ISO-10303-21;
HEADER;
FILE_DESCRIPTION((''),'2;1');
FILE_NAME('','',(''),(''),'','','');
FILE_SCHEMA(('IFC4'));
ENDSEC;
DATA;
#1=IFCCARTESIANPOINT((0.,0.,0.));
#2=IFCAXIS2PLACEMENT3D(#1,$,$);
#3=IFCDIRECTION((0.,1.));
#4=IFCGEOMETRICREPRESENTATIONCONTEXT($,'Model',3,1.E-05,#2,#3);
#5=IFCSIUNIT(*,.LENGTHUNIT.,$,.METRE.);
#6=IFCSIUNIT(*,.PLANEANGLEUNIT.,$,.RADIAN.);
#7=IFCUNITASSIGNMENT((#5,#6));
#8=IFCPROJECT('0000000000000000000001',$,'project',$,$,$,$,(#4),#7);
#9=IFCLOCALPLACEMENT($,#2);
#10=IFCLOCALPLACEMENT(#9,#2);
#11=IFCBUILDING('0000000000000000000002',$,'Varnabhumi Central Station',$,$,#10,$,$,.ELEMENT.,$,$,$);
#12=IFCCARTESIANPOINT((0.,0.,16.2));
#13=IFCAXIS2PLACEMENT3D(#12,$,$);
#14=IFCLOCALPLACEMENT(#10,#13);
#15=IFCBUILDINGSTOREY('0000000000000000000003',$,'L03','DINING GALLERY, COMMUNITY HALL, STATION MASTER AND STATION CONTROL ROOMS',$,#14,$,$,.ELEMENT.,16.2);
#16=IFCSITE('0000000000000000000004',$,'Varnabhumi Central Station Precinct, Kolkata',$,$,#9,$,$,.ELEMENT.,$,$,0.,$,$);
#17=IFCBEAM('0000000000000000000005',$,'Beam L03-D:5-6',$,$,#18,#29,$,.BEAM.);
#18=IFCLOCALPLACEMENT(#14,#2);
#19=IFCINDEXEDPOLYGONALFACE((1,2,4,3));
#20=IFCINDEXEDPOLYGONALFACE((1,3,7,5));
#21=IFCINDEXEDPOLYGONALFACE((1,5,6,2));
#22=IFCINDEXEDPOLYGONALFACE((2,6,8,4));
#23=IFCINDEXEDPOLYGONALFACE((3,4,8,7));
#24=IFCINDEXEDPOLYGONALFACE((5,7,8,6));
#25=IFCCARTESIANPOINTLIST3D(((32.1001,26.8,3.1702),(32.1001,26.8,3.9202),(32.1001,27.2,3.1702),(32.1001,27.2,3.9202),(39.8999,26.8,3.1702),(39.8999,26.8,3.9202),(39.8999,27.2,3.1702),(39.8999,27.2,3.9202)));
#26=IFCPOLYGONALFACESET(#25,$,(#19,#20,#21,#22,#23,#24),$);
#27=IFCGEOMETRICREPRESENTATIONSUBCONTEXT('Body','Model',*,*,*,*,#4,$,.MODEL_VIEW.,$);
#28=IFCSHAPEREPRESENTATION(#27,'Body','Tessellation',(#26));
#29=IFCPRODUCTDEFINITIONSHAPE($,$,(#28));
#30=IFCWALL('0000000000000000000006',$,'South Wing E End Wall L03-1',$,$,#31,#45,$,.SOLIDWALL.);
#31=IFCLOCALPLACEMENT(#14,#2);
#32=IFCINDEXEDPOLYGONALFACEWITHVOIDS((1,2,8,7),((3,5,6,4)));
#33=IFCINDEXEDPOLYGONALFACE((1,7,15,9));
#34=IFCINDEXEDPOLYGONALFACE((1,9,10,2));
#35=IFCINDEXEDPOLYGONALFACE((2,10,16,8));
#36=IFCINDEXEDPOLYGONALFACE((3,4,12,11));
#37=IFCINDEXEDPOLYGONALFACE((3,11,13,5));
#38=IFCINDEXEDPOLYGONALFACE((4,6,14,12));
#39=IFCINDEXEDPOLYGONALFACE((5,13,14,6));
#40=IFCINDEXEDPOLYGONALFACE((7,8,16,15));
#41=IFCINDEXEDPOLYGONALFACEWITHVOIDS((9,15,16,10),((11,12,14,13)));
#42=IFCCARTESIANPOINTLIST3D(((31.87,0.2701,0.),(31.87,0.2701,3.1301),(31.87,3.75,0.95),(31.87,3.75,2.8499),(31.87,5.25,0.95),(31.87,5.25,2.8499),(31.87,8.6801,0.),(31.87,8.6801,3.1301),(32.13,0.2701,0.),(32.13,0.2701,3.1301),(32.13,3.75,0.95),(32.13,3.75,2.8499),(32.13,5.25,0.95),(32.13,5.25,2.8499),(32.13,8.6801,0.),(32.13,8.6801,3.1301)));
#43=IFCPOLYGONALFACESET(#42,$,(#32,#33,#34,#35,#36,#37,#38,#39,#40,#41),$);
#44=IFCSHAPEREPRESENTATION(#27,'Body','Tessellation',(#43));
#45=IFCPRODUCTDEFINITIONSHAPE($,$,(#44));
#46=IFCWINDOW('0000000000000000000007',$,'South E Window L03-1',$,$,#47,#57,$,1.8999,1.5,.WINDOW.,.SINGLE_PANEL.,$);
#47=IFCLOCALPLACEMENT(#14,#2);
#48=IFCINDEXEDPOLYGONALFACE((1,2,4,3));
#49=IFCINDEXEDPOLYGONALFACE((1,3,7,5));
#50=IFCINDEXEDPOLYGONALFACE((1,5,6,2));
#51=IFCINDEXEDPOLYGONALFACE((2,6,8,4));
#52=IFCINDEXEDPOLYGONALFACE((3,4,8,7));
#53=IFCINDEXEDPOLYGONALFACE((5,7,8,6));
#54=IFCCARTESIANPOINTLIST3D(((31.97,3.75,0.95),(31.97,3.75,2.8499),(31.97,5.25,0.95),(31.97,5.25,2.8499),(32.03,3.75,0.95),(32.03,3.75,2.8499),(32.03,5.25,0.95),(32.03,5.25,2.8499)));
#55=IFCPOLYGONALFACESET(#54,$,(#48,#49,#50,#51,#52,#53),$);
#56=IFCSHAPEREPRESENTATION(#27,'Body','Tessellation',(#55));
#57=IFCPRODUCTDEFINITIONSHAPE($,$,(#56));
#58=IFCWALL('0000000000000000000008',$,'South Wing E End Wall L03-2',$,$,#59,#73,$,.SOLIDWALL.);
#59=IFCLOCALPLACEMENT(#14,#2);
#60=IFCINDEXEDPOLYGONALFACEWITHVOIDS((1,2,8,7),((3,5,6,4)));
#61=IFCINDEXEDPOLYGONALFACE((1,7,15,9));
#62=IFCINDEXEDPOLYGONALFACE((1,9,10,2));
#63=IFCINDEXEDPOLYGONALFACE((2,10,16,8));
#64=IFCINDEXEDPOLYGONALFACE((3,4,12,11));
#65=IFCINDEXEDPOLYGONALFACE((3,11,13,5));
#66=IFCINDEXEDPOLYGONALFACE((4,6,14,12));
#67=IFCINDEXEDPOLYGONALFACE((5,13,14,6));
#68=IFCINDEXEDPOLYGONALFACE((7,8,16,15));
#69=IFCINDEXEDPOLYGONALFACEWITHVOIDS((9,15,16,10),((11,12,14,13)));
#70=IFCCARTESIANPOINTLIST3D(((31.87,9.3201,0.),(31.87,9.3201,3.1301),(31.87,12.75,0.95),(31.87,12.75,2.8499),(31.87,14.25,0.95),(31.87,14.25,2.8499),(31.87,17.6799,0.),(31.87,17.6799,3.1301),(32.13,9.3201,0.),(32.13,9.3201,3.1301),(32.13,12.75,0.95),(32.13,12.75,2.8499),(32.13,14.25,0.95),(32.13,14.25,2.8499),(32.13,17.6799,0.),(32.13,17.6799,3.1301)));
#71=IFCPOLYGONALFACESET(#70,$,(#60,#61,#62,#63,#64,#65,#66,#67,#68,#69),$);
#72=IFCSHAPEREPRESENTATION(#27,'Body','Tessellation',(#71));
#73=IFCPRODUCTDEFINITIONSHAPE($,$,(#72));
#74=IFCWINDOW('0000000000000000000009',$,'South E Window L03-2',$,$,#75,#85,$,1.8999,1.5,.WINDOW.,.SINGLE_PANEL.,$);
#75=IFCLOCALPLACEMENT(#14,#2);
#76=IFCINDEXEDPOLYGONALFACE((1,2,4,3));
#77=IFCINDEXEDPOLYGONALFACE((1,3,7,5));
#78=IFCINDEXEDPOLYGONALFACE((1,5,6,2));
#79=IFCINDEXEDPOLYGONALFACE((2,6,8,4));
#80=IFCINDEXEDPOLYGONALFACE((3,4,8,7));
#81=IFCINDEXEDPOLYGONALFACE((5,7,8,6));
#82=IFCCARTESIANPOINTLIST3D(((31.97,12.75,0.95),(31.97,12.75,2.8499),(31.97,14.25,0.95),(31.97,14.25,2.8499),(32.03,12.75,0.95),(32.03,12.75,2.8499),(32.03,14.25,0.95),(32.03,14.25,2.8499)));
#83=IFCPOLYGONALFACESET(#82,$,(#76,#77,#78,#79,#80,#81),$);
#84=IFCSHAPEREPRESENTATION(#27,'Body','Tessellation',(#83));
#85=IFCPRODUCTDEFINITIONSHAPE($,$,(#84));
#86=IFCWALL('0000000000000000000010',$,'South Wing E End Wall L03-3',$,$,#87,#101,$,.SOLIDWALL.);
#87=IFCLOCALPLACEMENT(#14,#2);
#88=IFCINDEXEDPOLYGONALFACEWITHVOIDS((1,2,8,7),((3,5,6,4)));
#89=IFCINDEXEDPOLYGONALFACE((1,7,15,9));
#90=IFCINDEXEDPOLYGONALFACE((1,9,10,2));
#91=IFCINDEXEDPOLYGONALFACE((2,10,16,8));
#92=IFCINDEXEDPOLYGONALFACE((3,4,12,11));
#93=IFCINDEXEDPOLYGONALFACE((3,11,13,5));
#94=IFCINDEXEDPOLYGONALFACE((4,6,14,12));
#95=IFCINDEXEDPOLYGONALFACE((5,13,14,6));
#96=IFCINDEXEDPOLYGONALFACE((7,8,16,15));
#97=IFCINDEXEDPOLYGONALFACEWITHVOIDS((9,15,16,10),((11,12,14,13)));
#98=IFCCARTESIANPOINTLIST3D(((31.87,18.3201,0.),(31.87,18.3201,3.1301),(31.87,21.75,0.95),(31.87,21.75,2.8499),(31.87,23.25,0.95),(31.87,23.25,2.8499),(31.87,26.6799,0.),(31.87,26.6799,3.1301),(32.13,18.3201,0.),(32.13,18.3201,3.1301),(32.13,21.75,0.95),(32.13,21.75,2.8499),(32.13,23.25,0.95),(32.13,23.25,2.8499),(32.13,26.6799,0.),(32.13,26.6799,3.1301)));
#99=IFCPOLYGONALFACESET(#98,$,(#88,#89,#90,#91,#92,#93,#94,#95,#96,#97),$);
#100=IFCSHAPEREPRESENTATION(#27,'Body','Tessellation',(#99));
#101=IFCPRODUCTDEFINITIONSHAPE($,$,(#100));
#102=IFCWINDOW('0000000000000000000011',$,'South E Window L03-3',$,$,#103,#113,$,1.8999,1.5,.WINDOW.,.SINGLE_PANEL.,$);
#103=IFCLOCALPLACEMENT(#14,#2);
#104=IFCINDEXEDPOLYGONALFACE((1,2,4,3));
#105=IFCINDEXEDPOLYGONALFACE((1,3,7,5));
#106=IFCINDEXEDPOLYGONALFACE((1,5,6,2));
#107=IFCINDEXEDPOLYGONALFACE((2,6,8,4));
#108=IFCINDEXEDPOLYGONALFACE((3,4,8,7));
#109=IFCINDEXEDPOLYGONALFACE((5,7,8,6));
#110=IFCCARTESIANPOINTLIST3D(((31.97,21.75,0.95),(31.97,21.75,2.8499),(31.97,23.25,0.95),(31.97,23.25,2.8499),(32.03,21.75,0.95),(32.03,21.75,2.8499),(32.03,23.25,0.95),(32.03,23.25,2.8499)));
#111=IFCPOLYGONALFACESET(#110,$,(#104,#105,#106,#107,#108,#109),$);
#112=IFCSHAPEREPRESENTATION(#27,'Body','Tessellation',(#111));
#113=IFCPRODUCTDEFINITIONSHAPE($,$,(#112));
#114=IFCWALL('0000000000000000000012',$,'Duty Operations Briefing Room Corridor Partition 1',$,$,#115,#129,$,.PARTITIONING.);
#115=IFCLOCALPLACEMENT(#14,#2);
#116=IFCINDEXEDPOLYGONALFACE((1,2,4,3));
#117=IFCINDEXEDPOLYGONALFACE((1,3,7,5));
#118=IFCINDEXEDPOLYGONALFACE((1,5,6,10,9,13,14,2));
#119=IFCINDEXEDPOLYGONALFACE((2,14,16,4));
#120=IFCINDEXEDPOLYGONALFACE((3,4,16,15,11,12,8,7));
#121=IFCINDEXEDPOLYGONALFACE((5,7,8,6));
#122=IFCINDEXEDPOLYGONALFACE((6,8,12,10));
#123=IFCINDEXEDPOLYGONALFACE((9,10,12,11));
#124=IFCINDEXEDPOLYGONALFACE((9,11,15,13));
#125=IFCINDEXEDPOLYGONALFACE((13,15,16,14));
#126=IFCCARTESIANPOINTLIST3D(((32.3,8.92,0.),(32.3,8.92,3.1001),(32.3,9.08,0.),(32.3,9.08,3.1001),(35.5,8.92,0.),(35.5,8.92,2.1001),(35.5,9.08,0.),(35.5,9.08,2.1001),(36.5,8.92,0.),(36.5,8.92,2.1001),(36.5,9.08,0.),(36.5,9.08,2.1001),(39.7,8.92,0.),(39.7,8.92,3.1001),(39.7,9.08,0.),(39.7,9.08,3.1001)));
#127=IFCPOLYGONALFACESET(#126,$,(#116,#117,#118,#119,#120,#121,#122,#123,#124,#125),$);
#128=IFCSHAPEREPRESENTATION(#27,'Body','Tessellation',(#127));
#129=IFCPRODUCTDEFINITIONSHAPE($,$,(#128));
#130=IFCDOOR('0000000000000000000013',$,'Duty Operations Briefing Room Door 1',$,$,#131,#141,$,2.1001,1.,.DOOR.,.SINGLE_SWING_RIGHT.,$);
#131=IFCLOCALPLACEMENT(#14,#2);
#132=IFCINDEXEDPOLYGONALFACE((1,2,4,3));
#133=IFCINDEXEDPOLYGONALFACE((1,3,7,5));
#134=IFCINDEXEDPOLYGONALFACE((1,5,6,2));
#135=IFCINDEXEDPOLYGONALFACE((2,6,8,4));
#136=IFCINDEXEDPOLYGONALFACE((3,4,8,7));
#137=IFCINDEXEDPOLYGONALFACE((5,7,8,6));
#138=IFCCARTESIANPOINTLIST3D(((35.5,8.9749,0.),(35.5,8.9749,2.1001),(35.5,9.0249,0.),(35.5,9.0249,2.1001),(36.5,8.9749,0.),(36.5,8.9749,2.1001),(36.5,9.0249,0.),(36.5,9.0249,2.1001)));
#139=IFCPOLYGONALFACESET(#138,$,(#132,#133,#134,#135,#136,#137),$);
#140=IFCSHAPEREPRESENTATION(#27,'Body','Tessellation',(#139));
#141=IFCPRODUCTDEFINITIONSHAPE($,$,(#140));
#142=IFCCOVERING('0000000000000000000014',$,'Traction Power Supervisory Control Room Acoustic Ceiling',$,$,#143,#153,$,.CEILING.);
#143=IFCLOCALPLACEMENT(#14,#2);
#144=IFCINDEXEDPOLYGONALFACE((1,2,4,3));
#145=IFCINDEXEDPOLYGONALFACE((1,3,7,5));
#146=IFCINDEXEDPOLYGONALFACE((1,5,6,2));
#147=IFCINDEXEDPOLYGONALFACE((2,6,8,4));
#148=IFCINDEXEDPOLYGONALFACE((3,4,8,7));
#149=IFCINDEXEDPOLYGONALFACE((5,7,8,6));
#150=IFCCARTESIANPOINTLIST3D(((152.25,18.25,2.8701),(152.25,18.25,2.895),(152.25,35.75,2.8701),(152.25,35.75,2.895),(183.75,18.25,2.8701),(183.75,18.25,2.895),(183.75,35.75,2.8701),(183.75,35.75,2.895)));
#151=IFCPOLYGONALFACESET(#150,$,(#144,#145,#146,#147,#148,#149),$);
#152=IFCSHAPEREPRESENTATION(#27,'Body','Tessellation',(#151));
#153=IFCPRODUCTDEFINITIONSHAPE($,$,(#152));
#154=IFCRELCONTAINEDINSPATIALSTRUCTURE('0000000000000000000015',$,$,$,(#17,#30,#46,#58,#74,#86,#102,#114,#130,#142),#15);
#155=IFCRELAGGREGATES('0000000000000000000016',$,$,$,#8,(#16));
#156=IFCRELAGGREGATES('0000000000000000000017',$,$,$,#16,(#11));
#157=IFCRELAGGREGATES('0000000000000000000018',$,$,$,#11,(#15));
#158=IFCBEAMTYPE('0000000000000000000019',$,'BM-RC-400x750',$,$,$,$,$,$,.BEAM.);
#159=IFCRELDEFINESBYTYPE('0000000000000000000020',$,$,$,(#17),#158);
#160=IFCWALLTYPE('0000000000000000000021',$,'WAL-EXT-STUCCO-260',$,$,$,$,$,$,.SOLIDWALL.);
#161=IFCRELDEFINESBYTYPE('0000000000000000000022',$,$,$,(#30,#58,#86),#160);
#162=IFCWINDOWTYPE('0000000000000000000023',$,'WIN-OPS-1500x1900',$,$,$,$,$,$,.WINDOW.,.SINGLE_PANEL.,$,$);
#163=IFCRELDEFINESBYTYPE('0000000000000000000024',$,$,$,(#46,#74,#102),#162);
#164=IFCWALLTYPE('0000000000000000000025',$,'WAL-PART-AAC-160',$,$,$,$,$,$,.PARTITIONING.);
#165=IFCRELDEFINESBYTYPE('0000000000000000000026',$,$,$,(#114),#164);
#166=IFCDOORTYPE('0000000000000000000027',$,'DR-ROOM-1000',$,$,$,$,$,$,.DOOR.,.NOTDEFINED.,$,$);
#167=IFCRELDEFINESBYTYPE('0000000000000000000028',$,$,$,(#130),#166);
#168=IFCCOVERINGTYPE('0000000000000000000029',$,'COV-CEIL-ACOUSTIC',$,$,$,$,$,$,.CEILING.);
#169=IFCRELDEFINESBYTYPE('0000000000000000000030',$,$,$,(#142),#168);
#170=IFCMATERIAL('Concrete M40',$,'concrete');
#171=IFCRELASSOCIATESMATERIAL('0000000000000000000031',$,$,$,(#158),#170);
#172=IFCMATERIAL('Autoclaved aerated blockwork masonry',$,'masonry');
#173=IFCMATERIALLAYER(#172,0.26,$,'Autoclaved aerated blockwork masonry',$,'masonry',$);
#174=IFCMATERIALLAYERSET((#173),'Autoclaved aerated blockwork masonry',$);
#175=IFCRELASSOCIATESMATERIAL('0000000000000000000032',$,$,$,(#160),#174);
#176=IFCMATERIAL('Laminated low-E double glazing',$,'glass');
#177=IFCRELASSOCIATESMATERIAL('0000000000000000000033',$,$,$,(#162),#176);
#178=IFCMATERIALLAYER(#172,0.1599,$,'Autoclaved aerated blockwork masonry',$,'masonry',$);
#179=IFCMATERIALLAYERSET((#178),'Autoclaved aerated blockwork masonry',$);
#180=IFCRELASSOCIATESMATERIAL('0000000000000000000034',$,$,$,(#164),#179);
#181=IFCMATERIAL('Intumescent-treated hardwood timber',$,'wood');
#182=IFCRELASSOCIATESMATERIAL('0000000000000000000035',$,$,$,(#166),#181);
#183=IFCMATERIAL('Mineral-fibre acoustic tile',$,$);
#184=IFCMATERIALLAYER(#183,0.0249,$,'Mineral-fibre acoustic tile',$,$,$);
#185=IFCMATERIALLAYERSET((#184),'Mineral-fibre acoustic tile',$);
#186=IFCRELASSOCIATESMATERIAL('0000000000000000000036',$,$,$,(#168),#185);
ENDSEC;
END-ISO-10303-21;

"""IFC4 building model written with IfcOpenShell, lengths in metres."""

from ifc_helpers import new_model, si_unit, direction, frame, frame_2d, origin, origin_2d, place, context, subcontext, project, spatial, polyline, rectangle, outline, extrude, material, layer, layer_set, material_profile, profile_set, type_object, element, fill, save


model = new_model("IFC4")

# Units and contexts
model_context = context("Model", 3, precision=1e-05, world=origin(), true_north=direction((0.0, 1.0)))
body_context = subcontext(model_context, "Body", "Model", "MODEL_VIEW")
ifc_project = project(units=[si_unit("LENGTHUNIT", "METRE"), si_unit("PLANEANGLEUNIT", "RADIAN")], contexts=[model_context])

# Site, building, storey
site_placement = place(None, origin())
site = spatial("IfcSite", under=ifc_project, at=site_placement, Name="Varnabhumi Central Station Precinct, Kolkata", CompositionType="ELEMENT", RefElevation=0.0)
building_placement = place(site_placement, origin())
building = spatial("IfcBuilding", under=site, at=building_placement, Name="Varnabhumi Central Station", CompositionType="ELEMENT")
storey_placement = place(building_placement, frame((0.0, 0.0, 16.2)))
storey = spatial("IfcBuildingStorey", under=building, at=storey_placement, Name="L03", Description="DINING GALLERY, COMMUNITY HALL, STATION MASTER AND STATION CONTROL ROOMS", CompositionType="ELEMENT", Elevation=16.2)

# Shared definitions
ifc_material_1 = material(Name="Concrete M40", Category="concrete")

# Beam
ifc_material_profile_1 = material_profile(ifc_material_1, rectangle(XDim=0.3999, YDim=0.75, at=origin_2d()), Name="Concrete M40", Category="concrete")
ifc_profile_set_1 = profile_set([ifc_material_profile_1], Name="Concrete M40")
beam_type_1 = type_object("IfcBeamType", Name="BM-RC-400x750", PredefinedType="BEAM", material=ifc_profile_set_1)
for number, where, z_axis, x_axis, name in (
    (1, (32.1001, 27.0, 3.5452), (1.0, 0.0, 0.0), (0.0, 1.0, 0.0), "Beam L03-D:5-6"),
):
    element("IfcBeam", number, at=place(storey_placement, frame(where, z_axis=z_axis, x_axis=x_axis)), inside=storey, type_object=beam_type_1, Name=name, PredefinedType="BEAM", context=body_context, shape_type="SweptSolid", body=[
        extrude(rectangle(XDim=0.3999, YDim=0.75, at=origin_2d()), origin(), (0.0, 0.0, 1.0), 7.7998),
    ])

# Walls, openings, windows
ifc_material_2 = material(Name="Autoclaved aerated blockwork masonry", Category="masonry")
ifc_layer_1 = layer(ifc_material_2, 0.26, Name="Autoclaved aerated blockwork masonry", Category="masonry")
ifc_layer_set_1 = layer_set([ifc_layer_1], Name="Autoclaved aerated blockwork masonry")
wall_type_1 = type_object("IfcWallType", Name="WAL-EXT-STUCCO-260", PredefinedType="SOLIDWALL", material=ifc_layer_set_1)
wall_1_placement = place(storey_placement, frame((32.0, 0.27, 0.0), z_axis=(0.0, 0.0, 1.0), x_axis=(0.0, 1.0, 0.0)))
wall_1 = element("IfcWall", 2, at=wall_1_placement, inside=storey, type_object=wall_type_1, Name="South Wing E End Wall L03-1", PredefinedType="SOLIDWALL", context=body_context, shape_type="SweptSolid", body=[
    extrude(rectangle(XDim=8.4099, YDim=0.26, at=frame_2d((4.2051, 0.0))), origin(), (0.0, 0.0, 1.0), 3.1301),
])
opening_1_placement = place(wall_1_placement, frame((3.48, 0.0, 0.95)))
opening_1 = element("IfcOpeningElement", 3, at=opening_1_placement, cuts=wall_1, PredefinedType="OPENING", context=body_context, shape_type="SweptSolid", body=[
    extrude(rectangle(XDim=1.5, YDim=1.8999, at=frame_2d((0.75, 0.95))), frame((0.0, 0.1399, 0.0), z_axis=(0.0, -1.0, 0.0), x_axis=(1.0, 0.0, 0.0)), (0.0, 0.0, 1.0), 0.28),
])
ifc_material_3 = material(Name="Laminated low-E double glazing", Category="glass")
window_type = type_object("IfcWindowType", Name="WIN-OPS-1500x1900", PartitioningType="SINGLE_PANEL", PredefinedType="WINDOW", material=ifc_material_3)
window_1_placement = place(opening_1_placement, origin())
window_1 = element("IfcWindow", 4, at=window_1_placement, inside=storey, type_object=window_type, Name="South E Window L03-1", OverallHeight=1.8999, OverallWidth=1.5, PartitioningType="SINGLE_PANEL", PredefinedType="WINDOW", context=body_context, shape_type="SweptSolid", body=[
    extrude(rectangle(XDim=1.5, YDim=1.8999, at=frame_2d((0.75, 0.95))), frame((0.0, 0.03, 0.0), z_axis=(0.0, -1.0, 0.0), x_axis=(1.0, 0.0, 0.0)), (0.0, 0.0, 1.0), 0.0601),
])
fill(opening_1, window_1)
wall_2_placement = place(storey_placement, frame((32.0, 9.3201, 0.0), z_axis=(0.0, 0.0, 1.0), x_axis=(0.0, 1.0, 0.0)))
wall_2 = element("IfcWall", 5, at=wall_2_placement, inside=storey, type_object=wall_type_1, Name="South Wing E End Wall L03-2", PredefinedType="SOLIDWALL", context=body_context, shape_type="SweptSolid", body=[
    extrude(rectangle(XDim=8.3599, YDim=0.26, at=frame_2d((4.1799, 0.0))), origin(), (0.0, 0.0, 1.0), 3.1301),
])
opening_2_placement = place(wall_2_placement, frame((3.4299, 0.0, 0.95)))
opening_2 = element("IfcOpeningElement", 6, at=opening_2_placement, cuts=wall_2, PredefinedType="OPENING", context=body_context, shape_type="SweptSolid", body=[
    extrude(rectangle(XDim=1.5, YDim=1.8999, at=frame_2d((0.75, 0.95))), frame((0.0, 0.1399, 0.0), z_axis=(0.0, -1.0, 0.0), x_axis=(1.0, 0.0, 0.0)), (0.0, 0.0, 1.0), 0.28),
])
window_2_placement = place(opening_2_placement, origin())
window_2 = element("IfcWindow", 7, at=window_2_placement, inside=storey, type_object=window_type, Name="South E Window L03-2", OverallHeight=1.8999, OverallWidth=1.5, PartitioningType="SINGLE_PANEL", PredefinedType="WINDOW", context=body_context, shape_type="SweptSolid", body=[
    extrude(rectangle(XDim=1.5, YDim=1.8999, at=frame_2d((0.75, 0.95))), frame((0.0, 0.03, 0.0), z_axis=(0.0, -1.0, 0.0), x_axis=(1.0, 0.0, 0.0)), (0.0, 0.0, 1.0), 0.0601),
])
fill(opening_2, window_2)
wall_3_placement = place(storey_placement, frame((32.0, 18.3201, 0.0), z_axis=(0.0, 0.0, 1.0), x_axis=(0.0, 1.0, 0.0)))
wall_3 = element("IfcWall", 8, at=wall_3_placement, inside=storey, type_object=wall_type_1, Name="South Wing E End Wall L03-3", PredefinedType="SOLIDWALL", context=body_context, shape_type="SweptSolid", body=[
    extrude(rectangle(XDim=8.3599, YDim=0.26, at=frame_2d((4.1799, 0.0))), origin(), (0.0, 0.0, 1.0), 3.1301),
])
opening_3_placement = place(wall_3_placement, frame((3.4299, 0.0, 0.95)))
opening_3 = element("IfcOpeningElement", 9, at=opening_3_placement, cuts=wall_3, PredefinedType="OPENING", context=body_context, shape_type="SweptSolid", body=[
    extrude(rectangle(XDim=1.5, YDim=1.8999, at=frame_2d((0.75, 0.95))), frame((0.0, 0.1399, 0.0), z_axis=(0.0, -1.0, 0.0), x_axis=(1.0, 0.0, 0.0)), (0.0, 0.0, 1.0), 0.28),
])
window_3_placement = place(opening_3_placement, origin())
window_3 = element("IfcWindow", 10, at=window_3_placement, inside=storey, type_object=window_type, Name="South E Window L03-3", OverallHeight=1.8999, OverallWidth=1.5, PartitioningType="SINGLE_PANEL", PredefinedType="WINDOW", context=body_context, shape_type="SweptSolid", body=[
    extrude(rectangle(XDim=1.5, YDim=1.8999, at=frame_2d((0.75, 0.95))), frame((0.0, 0.03, 0.0), z_axis=(0.0, -1.0, 0.0), x_axis=(1.0, 0.0, 0.0)), (0.0, 0.0, 1.0), 0.0601),
])
fill(opening_3, window_3)

# Wall, opening, door
ifc_layer_2 = layer(ifc_material_2, 0.1599, Name="Autoclaved aerated blockwork masonry", Category="masonry")
ifc_layer_set_2 = layer_set([ifc_layer_2], Name="Autoclaved aerated blockwork masonry")
wall_type_2 = type_object("IfcWallType", Name="WAL-PART-AAC-160", PredefinedType="PARTITIONING", material=ifc_layer_set_2)
wall_4_placement = place(storey_placement, frame((32.3, 9.0, 0.0), z_axis=(0.0, 0.0, 1.0), x_axis=(1.0, 0.0, 0.0)))
wall_4 = element("IfcWall", 11, at=wall_4_placement, inside=storey, type_object=wall_type_2, Name="Duty Operations Briefing Room Corridor Partition 1", PredefinedType="PARTITIONING", context=body_context, shape_type="SweptSolid", body=[
    extrude(rectangle(XDim=7.3999, YDim=0.1599, at=frame_2d((3.7, 0.0))), origin(), (0.0, 0.0, 1.0), 3.1001),
])
opening_4_placement = place(wall_4_placement, frame((3.2, 0.0, 0.0)))
opening_4 = element("IfcOpeningElement", 12, at=opening_4_placement, cuts=wall_4, PredefinedType="OPENING", context=body_context, shape_type="SweptSolid", body=[
    extrude(rectangle(XDim=1.0, YDim=2.1001, at=frame_2d((0.5, 1.05))), frame((0.0, 0.0898, 0.0), z_axis=(0.0, -1.0, 0.0), x_axis=(1.0, 0.0, 0.0)), (0.0, 0.0, 1.0), 0.1799),
])
ifc_material_4 = material(Name="Intumescent-treated hardwood timber", Category="wood")
door_type = type_object("IfcDoorType", Name="DR-ROOM-1000", OperationType="NOTDEFINED", PredefinedType="DOOR", material=ifc_material_4)
door_placement = place(opening_4_placement, origin())
door = element("IfcDoor", 13, at=door_placement, inside=storey, type_object=door_type, Name="Duty Operations Briefing Room Door 1", OperationType="SINGLE_SWING_RIGHT", OverallHeight=2.1001, OverallWidth=1.0, PredefinedType="DOOR", context=body_context, shape_type="SweptSolid", body=[
    extrude(rectangle(XDim=1.0, YDim=2.1001, at=frame_2d((0.5, 1.05))), frame((0.0, 0.0249, 0.0), z_axis=(0.0, -1.0, 0.0), x_axis=(1.0, 0.0, 0.0)), (0.0, 0.0, 1.0), 0.05),
])
fill(opening_4, door)

# Covering
ifc_material_5 = material(Name="Mineral-fibre acoustic tile")
ifc_layer_3 = layer(ifc_material_5, 0.0249, Name="Mineral-fibre acoustic tile")
ifc_layer_set_3 = layer_set([ifc_layer_3], Name="Mineral-fibre acoustic tile")
covering_type = type_object("IfcCoveringType", Name="COV-CEIL-ACOUSTIC", PredefinedType="CEILING", material=ifc_layer_set_3)
covering_placement = place(storey_placement, frame((0.0, 0.0, 2.8701)))
element("IfcCovering", 14, at=covering_placement, inside=storey, type_object=covering_type, Name="Traction Power Supervisory Control Room Acoustic Ceiling", PredefinedType="CEILING", context=body_context, shape_type="SweptSolid", body=[
    extrude(outline(polyline([(152.25, 18.25), (183.75, 18.25), (183.75, 35.75), (152.25, 35.75), (152.25, 18.25)])), origin(), (0.0, 0.0, 1.0), 0.0249),
])

save(model, "model.ifc")
